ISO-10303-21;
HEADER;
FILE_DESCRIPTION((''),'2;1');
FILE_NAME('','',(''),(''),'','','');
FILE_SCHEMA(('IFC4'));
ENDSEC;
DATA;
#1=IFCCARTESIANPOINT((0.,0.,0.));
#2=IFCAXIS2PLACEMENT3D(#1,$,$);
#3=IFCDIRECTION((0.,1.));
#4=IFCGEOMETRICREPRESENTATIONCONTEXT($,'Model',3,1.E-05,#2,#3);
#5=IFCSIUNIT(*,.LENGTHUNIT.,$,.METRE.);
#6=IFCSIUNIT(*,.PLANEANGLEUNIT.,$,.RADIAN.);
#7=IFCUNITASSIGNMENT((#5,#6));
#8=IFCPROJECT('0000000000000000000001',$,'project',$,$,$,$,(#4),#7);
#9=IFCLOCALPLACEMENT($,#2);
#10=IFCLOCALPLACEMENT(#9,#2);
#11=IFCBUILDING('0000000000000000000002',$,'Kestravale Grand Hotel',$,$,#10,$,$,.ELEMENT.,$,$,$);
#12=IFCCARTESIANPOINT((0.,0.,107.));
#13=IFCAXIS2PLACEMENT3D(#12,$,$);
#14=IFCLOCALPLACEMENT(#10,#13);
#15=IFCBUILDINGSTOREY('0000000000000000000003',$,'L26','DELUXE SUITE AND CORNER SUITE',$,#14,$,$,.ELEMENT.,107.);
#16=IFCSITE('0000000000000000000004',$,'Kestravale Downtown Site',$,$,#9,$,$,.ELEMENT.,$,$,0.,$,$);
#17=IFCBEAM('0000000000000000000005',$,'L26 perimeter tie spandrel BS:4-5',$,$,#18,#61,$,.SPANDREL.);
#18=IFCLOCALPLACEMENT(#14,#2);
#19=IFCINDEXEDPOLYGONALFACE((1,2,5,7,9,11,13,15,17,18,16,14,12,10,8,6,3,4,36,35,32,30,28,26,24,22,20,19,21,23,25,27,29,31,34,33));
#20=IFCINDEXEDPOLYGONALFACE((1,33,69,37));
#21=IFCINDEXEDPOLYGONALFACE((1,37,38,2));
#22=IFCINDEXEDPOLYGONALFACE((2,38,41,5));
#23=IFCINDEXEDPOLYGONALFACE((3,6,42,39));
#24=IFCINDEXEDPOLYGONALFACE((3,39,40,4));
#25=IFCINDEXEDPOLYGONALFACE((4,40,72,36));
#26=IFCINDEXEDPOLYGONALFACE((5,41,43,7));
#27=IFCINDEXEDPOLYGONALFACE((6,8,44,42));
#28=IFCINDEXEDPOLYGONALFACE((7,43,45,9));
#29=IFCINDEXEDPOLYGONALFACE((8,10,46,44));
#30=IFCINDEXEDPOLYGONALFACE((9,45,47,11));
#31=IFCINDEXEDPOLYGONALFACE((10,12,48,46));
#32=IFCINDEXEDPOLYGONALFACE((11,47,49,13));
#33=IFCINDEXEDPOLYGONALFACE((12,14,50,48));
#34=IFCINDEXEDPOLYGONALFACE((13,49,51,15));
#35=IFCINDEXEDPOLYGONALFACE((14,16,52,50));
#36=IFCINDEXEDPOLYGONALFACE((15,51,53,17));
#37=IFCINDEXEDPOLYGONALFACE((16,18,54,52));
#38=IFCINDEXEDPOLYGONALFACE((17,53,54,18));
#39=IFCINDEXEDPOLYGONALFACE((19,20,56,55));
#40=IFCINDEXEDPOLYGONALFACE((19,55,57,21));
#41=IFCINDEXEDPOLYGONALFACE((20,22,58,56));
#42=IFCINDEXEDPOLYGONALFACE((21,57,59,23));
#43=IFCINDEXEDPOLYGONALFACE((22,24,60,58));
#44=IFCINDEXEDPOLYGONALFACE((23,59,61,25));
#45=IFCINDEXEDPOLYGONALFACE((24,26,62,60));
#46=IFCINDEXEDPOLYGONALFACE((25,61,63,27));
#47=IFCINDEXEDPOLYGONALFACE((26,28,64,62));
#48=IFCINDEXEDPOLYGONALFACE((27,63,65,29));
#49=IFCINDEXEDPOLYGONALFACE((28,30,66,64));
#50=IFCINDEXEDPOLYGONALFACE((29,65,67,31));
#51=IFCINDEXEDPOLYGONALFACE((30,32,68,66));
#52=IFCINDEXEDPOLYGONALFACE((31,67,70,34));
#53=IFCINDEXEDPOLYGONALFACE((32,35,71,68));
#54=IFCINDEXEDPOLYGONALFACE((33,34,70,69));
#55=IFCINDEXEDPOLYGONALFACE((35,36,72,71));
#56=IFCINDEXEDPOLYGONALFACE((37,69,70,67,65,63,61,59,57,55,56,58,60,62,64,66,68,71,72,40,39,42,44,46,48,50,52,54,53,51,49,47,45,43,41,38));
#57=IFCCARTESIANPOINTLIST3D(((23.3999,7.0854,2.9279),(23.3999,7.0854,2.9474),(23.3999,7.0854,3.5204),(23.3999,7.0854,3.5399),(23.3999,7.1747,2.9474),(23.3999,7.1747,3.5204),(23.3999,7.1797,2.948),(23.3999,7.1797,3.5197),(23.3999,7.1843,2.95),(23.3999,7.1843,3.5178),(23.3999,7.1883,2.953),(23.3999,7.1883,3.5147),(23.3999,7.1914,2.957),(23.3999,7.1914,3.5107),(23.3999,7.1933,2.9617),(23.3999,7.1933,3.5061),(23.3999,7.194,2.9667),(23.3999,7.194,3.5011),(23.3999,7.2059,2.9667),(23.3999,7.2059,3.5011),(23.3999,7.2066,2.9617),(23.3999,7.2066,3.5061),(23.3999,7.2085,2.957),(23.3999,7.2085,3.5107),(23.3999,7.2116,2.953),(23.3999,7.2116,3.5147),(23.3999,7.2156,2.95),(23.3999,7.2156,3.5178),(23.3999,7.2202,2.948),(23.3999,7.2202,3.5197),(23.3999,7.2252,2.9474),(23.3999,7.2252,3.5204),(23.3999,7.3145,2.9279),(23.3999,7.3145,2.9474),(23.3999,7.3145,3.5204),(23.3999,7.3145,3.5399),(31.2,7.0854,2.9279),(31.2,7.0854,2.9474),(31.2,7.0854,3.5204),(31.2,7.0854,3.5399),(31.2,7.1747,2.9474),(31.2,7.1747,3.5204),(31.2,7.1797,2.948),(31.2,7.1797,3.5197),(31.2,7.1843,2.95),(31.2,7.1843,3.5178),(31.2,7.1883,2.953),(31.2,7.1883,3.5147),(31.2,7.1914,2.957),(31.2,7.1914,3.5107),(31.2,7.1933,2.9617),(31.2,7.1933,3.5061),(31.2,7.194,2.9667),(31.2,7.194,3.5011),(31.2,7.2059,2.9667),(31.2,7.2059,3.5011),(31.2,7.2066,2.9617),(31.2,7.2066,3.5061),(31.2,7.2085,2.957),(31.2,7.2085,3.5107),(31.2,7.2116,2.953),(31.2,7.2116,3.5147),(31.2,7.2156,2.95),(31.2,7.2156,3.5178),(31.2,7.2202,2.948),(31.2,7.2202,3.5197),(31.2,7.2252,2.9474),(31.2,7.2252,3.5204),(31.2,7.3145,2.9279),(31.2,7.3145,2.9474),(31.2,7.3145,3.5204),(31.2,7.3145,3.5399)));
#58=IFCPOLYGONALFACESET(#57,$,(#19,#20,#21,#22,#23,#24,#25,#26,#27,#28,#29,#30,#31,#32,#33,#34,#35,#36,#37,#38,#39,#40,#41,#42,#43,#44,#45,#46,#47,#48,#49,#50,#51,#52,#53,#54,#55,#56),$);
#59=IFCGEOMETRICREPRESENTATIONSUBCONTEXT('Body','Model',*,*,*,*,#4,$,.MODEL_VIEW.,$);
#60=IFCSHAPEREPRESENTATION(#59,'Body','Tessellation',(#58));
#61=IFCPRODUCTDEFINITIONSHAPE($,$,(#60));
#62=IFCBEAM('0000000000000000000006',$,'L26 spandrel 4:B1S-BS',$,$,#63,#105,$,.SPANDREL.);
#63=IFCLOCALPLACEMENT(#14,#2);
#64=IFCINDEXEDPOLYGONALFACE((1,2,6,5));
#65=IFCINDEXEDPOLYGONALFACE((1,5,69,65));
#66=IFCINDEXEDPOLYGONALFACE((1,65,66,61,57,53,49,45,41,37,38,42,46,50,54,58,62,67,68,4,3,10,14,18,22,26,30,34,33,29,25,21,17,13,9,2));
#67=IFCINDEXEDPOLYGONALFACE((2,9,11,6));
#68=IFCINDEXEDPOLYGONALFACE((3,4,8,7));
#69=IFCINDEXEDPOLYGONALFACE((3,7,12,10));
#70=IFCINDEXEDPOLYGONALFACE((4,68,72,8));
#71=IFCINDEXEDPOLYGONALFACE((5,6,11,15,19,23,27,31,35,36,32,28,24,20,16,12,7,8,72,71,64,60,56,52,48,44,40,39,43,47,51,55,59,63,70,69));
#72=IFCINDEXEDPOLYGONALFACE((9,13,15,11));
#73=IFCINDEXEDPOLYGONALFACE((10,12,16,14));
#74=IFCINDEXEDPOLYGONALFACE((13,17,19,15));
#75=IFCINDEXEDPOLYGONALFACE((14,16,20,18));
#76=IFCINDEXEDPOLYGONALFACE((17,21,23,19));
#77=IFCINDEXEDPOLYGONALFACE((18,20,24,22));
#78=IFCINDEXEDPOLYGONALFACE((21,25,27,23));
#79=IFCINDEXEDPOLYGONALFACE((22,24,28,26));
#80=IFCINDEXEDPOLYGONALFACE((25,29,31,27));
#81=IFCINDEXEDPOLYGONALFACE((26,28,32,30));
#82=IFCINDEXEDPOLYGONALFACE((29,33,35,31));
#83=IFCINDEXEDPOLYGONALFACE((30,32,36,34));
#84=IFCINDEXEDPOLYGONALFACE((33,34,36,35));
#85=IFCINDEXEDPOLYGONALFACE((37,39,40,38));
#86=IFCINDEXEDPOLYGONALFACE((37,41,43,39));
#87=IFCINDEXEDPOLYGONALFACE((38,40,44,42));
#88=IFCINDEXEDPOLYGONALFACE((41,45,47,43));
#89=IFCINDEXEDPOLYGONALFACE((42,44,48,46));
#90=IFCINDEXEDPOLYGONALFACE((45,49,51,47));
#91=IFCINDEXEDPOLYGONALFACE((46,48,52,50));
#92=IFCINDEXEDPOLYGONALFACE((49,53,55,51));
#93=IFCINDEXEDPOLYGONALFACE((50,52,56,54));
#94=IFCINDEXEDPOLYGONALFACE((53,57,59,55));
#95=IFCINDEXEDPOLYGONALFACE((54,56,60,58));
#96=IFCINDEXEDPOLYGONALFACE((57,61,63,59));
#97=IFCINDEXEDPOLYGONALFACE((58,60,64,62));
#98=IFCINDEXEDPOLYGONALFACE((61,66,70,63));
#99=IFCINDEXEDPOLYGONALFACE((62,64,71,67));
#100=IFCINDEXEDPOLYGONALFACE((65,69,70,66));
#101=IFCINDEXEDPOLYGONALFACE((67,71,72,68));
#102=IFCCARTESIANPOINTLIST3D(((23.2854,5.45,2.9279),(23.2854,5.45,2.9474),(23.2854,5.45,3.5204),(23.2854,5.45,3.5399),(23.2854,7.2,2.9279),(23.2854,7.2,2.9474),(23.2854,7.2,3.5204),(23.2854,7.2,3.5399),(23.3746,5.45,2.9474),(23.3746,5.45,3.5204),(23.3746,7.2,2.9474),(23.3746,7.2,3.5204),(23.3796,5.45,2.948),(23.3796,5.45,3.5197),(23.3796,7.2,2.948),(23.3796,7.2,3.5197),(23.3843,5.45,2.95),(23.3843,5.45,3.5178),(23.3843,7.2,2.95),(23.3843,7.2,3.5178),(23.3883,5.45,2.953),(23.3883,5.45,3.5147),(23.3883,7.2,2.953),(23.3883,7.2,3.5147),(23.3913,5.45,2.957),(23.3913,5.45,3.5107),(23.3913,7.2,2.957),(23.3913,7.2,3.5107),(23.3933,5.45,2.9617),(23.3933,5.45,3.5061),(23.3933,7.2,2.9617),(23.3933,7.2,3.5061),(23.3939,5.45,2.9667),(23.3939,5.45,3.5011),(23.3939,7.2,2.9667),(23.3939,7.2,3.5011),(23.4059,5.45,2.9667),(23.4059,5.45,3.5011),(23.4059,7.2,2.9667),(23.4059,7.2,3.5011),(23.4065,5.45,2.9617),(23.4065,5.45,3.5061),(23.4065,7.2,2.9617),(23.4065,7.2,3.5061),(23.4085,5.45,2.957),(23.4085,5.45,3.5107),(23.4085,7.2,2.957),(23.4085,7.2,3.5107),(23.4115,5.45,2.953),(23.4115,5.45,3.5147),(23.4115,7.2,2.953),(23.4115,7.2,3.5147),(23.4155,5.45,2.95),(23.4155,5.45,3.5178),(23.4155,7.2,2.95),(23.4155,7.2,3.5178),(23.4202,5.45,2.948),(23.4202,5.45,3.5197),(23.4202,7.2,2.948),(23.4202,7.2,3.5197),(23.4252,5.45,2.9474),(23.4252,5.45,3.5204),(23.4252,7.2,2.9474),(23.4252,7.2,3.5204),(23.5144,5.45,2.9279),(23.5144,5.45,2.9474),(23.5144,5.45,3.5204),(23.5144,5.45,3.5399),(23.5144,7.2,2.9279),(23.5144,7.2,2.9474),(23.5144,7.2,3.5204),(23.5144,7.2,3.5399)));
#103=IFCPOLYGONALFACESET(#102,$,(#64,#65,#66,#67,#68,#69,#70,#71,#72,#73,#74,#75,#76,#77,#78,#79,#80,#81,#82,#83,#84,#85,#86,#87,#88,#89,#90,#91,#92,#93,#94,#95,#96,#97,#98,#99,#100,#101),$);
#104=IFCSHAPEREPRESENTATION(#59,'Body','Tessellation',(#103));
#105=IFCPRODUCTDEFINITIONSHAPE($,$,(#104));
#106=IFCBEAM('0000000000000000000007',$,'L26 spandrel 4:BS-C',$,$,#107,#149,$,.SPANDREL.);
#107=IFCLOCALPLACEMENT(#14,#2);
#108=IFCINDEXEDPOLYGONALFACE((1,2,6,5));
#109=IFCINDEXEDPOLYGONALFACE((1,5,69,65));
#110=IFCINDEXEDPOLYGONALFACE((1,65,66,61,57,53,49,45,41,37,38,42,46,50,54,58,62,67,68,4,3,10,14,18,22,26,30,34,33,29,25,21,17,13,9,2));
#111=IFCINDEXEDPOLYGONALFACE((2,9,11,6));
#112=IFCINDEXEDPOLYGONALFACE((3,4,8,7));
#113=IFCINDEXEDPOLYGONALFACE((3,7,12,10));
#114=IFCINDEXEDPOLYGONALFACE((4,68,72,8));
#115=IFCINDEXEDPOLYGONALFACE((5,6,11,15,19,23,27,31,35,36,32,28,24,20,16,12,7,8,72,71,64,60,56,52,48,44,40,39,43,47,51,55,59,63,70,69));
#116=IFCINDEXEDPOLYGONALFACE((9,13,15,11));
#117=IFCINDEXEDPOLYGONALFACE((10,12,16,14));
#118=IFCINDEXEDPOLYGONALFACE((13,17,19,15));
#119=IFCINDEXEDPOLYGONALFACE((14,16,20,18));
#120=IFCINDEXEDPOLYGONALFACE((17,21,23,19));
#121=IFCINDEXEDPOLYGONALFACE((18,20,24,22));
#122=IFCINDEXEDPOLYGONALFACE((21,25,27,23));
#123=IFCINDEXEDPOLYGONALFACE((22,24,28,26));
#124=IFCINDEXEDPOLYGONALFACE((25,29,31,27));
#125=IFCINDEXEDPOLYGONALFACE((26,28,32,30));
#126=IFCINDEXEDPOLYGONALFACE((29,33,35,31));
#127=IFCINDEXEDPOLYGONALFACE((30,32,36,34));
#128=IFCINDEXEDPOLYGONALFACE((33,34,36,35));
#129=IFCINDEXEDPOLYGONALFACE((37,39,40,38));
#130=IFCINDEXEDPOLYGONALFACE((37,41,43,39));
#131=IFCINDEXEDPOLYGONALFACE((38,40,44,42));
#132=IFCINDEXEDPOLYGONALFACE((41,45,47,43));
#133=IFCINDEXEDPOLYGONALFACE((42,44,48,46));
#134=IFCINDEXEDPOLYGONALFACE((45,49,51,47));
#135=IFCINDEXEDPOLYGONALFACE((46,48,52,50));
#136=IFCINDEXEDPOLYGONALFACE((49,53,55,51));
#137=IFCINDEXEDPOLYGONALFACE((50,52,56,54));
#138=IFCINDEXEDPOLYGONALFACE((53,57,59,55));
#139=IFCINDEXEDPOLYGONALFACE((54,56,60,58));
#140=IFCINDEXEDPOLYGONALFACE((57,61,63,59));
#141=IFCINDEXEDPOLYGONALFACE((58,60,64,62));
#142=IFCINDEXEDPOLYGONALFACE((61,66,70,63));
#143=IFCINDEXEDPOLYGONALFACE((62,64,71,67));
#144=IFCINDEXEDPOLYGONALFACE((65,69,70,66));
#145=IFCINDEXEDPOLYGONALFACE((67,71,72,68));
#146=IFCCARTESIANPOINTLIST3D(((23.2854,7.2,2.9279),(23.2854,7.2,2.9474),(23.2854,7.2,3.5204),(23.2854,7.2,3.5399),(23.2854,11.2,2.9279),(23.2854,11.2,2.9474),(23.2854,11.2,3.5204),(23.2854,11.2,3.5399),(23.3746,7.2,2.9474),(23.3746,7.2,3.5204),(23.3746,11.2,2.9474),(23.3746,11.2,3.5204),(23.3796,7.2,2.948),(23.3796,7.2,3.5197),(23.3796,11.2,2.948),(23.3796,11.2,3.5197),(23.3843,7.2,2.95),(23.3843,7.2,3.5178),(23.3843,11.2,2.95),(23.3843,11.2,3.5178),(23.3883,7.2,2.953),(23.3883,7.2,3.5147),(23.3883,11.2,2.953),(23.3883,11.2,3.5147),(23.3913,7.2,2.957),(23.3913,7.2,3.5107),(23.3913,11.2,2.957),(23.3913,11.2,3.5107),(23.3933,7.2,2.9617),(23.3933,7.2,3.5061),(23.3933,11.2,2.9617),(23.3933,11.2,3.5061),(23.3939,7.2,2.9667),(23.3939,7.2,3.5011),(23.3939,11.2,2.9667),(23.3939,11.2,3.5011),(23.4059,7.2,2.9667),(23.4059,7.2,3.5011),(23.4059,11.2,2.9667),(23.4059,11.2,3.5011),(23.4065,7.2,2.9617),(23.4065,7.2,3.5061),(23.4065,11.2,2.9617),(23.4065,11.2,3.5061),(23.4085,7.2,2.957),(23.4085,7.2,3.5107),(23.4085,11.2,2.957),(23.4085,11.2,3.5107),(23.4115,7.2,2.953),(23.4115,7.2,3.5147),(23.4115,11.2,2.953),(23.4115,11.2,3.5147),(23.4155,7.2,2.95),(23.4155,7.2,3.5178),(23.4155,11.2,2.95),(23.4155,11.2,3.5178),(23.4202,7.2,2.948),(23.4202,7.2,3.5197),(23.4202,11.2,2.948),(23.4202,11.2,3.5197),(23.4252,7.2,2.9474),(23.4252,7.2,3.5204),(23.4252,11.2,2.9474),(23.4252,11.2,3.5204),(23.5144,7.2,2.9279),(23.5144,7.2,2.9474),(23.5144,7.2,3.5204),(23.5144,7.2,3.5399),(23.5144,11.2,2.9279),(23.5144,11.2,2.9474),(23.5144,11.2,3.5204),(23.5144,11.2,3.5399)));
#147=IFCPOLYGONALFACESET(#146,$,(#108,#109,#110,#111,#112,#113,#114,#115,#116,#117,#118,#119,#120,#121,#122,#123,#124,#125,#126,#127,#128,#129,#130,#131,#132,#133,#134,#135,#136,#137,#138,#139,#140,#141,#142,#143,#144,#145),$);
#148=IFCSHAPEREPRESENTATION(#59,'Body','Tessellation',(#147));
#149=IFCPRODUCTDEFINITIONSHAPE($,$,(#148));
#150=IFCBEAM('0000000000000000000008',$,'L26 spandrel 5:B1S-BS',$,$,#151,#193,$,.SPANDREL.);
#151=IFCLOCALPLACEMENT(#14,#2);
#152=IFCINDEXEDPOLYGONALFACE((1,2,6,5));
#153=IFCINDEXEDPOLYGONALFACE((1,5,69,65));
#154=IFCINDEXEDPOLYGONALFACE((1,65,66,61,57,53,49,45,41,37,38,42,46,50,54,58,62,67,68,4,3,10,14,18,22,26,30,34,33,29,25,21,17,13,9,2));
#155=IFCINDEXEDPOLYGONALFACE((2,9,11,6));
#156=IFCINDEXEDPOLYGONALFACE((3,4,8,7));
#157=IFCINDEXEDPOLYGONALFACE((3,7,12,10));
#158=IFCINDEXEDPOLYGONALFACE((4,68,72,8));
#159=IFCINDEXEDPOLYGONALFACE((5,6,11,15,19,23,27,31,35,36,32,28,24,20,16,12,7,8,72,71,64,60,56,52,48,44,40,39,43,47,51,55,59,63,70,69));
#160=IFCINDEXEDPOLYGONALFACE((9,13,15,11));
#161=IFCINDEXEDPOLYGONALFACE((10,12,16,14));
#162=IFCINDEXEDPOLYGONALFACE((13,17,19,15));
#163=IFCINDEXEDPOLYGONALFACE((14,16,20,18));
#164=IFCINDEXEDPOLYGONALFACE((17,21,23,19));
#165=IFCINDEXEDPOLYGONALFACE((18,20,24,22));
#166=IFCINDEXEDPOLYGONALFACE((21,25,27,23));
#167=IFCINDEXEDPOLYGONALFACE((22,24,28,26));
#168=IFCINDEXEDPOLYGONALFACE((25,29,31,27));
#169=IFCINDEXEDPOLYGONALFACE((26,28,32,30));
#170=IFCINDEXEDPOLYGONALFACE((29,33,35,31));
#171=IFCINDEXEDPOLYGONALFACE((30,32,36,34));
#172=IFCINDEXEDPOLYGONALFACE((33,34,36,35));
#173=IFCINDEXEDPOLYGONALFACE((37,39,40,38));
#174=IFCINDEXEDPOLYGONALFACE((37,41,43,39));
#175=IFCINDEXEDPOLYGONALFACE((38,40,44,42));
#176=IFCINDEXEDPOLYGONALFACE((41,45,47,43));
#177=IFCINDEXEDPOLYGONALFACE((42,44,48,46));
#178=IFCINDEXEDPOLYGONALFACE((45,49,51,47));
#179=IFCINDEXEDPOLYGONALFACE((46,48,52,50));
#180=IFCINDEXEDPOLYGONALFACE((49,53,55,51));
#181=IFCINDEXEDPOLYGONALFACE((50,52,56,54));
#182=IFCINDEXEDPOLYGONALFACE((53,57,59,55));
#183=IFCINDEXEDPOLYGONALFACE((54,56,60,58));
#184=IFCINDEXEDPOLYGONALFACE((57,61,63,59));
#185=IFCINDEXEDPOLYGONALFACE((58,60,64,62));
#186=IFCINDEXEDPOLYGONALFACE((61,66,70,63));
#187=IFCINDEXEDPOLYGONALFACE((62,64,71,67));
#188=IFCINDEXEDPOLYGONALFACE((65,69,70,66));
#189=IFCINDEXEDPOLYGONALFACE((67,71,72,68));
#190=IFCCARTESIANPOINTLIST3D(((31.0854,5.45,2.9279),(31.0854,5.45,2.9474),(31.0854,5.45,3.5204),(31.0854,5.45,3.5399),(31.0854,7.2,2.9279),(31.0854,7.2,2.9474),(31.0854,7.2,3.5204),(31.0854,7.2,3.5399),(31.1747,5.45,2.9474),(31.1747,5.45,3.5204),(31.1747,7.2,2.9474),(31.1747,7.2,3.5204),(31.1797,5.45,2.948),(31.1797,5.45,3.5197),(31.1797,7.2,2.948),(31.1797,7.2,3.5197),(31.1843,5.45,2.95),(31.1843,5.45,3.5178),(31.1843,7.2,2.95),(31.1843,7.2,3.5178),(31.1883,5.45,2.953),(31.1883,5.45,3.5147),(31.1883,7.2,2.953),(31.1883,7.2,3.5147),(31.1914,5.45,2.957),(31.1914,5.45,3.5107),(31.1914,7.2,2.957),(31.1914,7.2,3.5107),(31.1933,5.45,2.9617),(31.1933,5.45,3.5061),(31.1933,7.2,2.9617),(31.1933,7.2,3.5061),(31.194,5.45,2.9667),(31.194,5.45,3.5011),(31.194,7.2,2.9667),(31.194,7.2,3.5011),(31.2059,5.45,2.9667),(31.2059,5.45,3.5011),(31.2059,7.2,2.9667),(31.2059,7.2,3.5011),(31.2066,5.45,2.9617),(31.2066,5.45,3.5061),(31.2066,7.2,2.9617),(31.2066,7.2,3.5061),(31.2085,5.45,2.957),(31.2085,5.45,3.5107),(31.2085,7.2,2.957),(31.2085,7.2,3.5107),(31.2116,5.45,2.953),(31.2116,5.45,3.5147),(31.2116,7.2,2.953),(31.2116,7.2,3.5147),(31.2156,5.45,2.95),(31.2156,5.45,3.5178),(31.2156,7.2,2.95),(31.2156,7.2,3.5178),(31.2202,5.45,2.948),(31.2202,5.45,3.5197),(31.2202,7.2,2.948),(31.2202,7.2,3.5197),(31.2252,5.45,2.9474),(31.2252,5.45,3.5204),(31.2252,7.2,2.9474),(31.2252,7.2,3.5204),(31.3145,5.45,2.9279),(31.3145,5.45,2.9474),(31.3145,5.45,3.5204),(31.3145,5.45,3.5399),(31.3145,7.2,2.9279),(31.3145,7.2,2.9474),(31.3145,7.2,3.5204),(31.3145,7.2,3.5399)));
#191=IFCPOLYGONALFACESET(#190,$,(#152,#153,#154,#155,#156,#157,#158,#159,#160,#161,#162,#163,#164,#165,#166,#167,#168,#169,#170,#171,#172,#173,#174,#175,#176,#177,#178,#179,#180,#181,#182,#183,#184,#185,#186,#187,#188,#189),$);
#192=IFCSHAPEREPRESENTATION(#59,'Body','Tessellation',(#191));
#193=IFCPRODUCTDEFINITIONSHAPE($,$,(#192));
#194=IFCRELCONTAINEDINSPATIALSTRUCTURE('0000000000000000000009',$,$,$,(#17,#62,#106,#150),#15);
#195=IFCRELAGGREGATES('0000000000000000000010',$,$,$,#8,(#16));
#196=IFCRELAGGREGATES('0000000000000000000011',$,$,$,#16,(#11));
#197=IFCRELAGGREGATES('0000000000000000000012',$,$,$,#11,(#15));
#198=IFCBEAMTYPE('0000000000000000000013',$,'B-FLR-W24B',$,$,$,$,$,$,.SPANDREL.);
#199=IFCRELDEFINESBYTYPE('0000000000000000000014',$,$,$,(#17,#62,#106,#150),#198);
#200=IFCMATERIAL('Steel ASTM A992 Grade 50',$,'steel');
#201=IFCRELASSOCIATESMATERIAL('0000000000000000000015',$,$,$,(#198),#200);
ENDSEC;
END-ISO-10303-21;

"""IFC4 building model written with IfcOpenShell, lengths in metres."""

from ifc_helpers import new_model, si_unit, direction, frame, origin, origin_2d, place, context, subcontext, project, spatial, i_section, extrude, material, material_profile, profile_set, type_object, element, save


model = new_model("IFC4")

# Units and contexts
model_context = context("Model", 3, precision=1e-05, world=origin(), true_north=direction((0.0, 1.0)))
body_context = subcontext(model_context, "Body", "Model", "MODEL_VIEW")
ifc_project = project(units=[si_unit("LENGTHUNIT", "METRE"), si_unit("PLANEANGLEUNIT", "RADIAN")], contexts=[model_context])

# Site, building, storey
site_placement = place(None, origin())
site = spatial("IfcSite", under=ifc_project, at=site_placement, Name="Kestravale Downtown Site", CompositionType="ELEMENT", RefElevation=0.0)
building_placement = place(site_placement, origin())
building = spatial("IfcBuilding", under=site, at=building_placement, Name="Kestravale Grand Hotel", CompositionType="ELEMENT")
storey_placement = place(building_placement, frame((0.0, 0.0, 107.0)))
storey = spatial("IfcBuildingStorey", under=building, at=storey_placement, Name="L26", Description="DELUXE SUITE AND CORNER SUITE", CompositionType="ELEMENT", Elevation=107.0)

# Beams
ifc_material_1 = material(Name="Steel ASTM A992 Grade 50", Category="steel")
ifc_material_profile_1 = material_profile(ifc_material_1, i_section(OverallWidth=0.229, OverallDepth=0.6121, WebThickness=0.012, FlangeThickness=0.0195, FilletRadius=0.0193, at=origin_2d()))
ifc_profile_set_1 = profile_set([ifc_material_profile_1], Name="Steel ASTM A992 Grade 50")
beam_type_1 = type_object("IfcBeamType", Name="B-FLR-W24B", PredefinedType="SPANDREL", material=ifc_profile_set_1)
for number, where, z_axis, x_axis, name in (
    (1, (23.3999, 7.2, 3.2339), (1.0, 0.0, 0.0), (0.0, 1.0, 0.0), "L26 perimeter tie spandrel BS:4-5"),
):
    element("IfcBeam", number, at=place(storey_placement, frame(where, z_axis=z_axis, x_axis=x_axis)), inside=storey, type_object=beam_type_1, Name=name, PredefinedType="SPANDREL", context=body_context, shape_type="SweptSolid", body=[
        extrude(i_section(OverallWidth=0.229, OverallDepth=0.6121, WebThickness=0.012, FlangeThickness=0.0195, FilletRadius=0.0193, at=origin_2d()), origin(), (0.0, 0.0, 1.0), 7.8),
    ])
beam_1_placement = place(storey_placement, frame((23.3999, 5.45, 3.2339), z_axis=(0.0, 1.0, 0.0), x_axis=(-1.0, 0.0, 0.0)))
element("IfcBeam", 2, at=beam_1_placement, inside=storey, type_object=beam_type_1, Name="L26 spandrel 4:B1S-BS", PredefinedType="SPANDREL", context=body_context, shape_type="SweptSolid", body=[
    extrude(i_section(OverallWidth=0.229, OverallDepth=0.6121, WebThickness=0.012, FlangeThickness=0.0195, FilletRadius=0.0193, at=origin_2d()), origin(), (0.0, 0.0, 1.0), 1.75),
])
beam_2_placement = place(storey_placement, frame((23.3999, 7.2, 3.2339), z_axis=(0.0, 1.0, 0.0), x_axis=(-1.0, 0.0, 0.0)))
element("IfcBeam", 3, at=beam_2_placement, inside=storey, type_object=beam_type_1, Name="L26 spandrel 4:BS-C", PredefinedType="SPANDREL", context=body_context, shape_type="SweptSolid", body=[
    extrude(i_section(OverallWidth=0.229, OverallDepth=0.6121, WebThickness=0.012, FlangeThickness=0.0195, FilletRadius=0.0193, at=origin_2d()), origin(), (0.0, 0.0, 1.0), 4.0),
])
beam_3_placement = place(storey_placement, frame((31.2, 5.45, 3.2339), z_axis=(0.0, 1.0, 0.0), x_axis=(-1.0, 0.0, 0.0)))
element("IfcBeam", 4, at=beam_3_placement, inside=storey, type_object=beam_type_1, Name="L26 spandrel 5:B1S-BS", PredefinedType="SPANDREL", context=body_context, shape_type="SweptSolid", body=[
    extrude(i_section(OverallWidth=0.229, OverallDepth=0.6121, WebThickness=0.012, FlangeThickness=0.0195, FilletRadius=0.0193, at=origin_2d()), origin(), (0.0, 0.0, 1.0), 1.75),
])

save(model, "model.ifc")
